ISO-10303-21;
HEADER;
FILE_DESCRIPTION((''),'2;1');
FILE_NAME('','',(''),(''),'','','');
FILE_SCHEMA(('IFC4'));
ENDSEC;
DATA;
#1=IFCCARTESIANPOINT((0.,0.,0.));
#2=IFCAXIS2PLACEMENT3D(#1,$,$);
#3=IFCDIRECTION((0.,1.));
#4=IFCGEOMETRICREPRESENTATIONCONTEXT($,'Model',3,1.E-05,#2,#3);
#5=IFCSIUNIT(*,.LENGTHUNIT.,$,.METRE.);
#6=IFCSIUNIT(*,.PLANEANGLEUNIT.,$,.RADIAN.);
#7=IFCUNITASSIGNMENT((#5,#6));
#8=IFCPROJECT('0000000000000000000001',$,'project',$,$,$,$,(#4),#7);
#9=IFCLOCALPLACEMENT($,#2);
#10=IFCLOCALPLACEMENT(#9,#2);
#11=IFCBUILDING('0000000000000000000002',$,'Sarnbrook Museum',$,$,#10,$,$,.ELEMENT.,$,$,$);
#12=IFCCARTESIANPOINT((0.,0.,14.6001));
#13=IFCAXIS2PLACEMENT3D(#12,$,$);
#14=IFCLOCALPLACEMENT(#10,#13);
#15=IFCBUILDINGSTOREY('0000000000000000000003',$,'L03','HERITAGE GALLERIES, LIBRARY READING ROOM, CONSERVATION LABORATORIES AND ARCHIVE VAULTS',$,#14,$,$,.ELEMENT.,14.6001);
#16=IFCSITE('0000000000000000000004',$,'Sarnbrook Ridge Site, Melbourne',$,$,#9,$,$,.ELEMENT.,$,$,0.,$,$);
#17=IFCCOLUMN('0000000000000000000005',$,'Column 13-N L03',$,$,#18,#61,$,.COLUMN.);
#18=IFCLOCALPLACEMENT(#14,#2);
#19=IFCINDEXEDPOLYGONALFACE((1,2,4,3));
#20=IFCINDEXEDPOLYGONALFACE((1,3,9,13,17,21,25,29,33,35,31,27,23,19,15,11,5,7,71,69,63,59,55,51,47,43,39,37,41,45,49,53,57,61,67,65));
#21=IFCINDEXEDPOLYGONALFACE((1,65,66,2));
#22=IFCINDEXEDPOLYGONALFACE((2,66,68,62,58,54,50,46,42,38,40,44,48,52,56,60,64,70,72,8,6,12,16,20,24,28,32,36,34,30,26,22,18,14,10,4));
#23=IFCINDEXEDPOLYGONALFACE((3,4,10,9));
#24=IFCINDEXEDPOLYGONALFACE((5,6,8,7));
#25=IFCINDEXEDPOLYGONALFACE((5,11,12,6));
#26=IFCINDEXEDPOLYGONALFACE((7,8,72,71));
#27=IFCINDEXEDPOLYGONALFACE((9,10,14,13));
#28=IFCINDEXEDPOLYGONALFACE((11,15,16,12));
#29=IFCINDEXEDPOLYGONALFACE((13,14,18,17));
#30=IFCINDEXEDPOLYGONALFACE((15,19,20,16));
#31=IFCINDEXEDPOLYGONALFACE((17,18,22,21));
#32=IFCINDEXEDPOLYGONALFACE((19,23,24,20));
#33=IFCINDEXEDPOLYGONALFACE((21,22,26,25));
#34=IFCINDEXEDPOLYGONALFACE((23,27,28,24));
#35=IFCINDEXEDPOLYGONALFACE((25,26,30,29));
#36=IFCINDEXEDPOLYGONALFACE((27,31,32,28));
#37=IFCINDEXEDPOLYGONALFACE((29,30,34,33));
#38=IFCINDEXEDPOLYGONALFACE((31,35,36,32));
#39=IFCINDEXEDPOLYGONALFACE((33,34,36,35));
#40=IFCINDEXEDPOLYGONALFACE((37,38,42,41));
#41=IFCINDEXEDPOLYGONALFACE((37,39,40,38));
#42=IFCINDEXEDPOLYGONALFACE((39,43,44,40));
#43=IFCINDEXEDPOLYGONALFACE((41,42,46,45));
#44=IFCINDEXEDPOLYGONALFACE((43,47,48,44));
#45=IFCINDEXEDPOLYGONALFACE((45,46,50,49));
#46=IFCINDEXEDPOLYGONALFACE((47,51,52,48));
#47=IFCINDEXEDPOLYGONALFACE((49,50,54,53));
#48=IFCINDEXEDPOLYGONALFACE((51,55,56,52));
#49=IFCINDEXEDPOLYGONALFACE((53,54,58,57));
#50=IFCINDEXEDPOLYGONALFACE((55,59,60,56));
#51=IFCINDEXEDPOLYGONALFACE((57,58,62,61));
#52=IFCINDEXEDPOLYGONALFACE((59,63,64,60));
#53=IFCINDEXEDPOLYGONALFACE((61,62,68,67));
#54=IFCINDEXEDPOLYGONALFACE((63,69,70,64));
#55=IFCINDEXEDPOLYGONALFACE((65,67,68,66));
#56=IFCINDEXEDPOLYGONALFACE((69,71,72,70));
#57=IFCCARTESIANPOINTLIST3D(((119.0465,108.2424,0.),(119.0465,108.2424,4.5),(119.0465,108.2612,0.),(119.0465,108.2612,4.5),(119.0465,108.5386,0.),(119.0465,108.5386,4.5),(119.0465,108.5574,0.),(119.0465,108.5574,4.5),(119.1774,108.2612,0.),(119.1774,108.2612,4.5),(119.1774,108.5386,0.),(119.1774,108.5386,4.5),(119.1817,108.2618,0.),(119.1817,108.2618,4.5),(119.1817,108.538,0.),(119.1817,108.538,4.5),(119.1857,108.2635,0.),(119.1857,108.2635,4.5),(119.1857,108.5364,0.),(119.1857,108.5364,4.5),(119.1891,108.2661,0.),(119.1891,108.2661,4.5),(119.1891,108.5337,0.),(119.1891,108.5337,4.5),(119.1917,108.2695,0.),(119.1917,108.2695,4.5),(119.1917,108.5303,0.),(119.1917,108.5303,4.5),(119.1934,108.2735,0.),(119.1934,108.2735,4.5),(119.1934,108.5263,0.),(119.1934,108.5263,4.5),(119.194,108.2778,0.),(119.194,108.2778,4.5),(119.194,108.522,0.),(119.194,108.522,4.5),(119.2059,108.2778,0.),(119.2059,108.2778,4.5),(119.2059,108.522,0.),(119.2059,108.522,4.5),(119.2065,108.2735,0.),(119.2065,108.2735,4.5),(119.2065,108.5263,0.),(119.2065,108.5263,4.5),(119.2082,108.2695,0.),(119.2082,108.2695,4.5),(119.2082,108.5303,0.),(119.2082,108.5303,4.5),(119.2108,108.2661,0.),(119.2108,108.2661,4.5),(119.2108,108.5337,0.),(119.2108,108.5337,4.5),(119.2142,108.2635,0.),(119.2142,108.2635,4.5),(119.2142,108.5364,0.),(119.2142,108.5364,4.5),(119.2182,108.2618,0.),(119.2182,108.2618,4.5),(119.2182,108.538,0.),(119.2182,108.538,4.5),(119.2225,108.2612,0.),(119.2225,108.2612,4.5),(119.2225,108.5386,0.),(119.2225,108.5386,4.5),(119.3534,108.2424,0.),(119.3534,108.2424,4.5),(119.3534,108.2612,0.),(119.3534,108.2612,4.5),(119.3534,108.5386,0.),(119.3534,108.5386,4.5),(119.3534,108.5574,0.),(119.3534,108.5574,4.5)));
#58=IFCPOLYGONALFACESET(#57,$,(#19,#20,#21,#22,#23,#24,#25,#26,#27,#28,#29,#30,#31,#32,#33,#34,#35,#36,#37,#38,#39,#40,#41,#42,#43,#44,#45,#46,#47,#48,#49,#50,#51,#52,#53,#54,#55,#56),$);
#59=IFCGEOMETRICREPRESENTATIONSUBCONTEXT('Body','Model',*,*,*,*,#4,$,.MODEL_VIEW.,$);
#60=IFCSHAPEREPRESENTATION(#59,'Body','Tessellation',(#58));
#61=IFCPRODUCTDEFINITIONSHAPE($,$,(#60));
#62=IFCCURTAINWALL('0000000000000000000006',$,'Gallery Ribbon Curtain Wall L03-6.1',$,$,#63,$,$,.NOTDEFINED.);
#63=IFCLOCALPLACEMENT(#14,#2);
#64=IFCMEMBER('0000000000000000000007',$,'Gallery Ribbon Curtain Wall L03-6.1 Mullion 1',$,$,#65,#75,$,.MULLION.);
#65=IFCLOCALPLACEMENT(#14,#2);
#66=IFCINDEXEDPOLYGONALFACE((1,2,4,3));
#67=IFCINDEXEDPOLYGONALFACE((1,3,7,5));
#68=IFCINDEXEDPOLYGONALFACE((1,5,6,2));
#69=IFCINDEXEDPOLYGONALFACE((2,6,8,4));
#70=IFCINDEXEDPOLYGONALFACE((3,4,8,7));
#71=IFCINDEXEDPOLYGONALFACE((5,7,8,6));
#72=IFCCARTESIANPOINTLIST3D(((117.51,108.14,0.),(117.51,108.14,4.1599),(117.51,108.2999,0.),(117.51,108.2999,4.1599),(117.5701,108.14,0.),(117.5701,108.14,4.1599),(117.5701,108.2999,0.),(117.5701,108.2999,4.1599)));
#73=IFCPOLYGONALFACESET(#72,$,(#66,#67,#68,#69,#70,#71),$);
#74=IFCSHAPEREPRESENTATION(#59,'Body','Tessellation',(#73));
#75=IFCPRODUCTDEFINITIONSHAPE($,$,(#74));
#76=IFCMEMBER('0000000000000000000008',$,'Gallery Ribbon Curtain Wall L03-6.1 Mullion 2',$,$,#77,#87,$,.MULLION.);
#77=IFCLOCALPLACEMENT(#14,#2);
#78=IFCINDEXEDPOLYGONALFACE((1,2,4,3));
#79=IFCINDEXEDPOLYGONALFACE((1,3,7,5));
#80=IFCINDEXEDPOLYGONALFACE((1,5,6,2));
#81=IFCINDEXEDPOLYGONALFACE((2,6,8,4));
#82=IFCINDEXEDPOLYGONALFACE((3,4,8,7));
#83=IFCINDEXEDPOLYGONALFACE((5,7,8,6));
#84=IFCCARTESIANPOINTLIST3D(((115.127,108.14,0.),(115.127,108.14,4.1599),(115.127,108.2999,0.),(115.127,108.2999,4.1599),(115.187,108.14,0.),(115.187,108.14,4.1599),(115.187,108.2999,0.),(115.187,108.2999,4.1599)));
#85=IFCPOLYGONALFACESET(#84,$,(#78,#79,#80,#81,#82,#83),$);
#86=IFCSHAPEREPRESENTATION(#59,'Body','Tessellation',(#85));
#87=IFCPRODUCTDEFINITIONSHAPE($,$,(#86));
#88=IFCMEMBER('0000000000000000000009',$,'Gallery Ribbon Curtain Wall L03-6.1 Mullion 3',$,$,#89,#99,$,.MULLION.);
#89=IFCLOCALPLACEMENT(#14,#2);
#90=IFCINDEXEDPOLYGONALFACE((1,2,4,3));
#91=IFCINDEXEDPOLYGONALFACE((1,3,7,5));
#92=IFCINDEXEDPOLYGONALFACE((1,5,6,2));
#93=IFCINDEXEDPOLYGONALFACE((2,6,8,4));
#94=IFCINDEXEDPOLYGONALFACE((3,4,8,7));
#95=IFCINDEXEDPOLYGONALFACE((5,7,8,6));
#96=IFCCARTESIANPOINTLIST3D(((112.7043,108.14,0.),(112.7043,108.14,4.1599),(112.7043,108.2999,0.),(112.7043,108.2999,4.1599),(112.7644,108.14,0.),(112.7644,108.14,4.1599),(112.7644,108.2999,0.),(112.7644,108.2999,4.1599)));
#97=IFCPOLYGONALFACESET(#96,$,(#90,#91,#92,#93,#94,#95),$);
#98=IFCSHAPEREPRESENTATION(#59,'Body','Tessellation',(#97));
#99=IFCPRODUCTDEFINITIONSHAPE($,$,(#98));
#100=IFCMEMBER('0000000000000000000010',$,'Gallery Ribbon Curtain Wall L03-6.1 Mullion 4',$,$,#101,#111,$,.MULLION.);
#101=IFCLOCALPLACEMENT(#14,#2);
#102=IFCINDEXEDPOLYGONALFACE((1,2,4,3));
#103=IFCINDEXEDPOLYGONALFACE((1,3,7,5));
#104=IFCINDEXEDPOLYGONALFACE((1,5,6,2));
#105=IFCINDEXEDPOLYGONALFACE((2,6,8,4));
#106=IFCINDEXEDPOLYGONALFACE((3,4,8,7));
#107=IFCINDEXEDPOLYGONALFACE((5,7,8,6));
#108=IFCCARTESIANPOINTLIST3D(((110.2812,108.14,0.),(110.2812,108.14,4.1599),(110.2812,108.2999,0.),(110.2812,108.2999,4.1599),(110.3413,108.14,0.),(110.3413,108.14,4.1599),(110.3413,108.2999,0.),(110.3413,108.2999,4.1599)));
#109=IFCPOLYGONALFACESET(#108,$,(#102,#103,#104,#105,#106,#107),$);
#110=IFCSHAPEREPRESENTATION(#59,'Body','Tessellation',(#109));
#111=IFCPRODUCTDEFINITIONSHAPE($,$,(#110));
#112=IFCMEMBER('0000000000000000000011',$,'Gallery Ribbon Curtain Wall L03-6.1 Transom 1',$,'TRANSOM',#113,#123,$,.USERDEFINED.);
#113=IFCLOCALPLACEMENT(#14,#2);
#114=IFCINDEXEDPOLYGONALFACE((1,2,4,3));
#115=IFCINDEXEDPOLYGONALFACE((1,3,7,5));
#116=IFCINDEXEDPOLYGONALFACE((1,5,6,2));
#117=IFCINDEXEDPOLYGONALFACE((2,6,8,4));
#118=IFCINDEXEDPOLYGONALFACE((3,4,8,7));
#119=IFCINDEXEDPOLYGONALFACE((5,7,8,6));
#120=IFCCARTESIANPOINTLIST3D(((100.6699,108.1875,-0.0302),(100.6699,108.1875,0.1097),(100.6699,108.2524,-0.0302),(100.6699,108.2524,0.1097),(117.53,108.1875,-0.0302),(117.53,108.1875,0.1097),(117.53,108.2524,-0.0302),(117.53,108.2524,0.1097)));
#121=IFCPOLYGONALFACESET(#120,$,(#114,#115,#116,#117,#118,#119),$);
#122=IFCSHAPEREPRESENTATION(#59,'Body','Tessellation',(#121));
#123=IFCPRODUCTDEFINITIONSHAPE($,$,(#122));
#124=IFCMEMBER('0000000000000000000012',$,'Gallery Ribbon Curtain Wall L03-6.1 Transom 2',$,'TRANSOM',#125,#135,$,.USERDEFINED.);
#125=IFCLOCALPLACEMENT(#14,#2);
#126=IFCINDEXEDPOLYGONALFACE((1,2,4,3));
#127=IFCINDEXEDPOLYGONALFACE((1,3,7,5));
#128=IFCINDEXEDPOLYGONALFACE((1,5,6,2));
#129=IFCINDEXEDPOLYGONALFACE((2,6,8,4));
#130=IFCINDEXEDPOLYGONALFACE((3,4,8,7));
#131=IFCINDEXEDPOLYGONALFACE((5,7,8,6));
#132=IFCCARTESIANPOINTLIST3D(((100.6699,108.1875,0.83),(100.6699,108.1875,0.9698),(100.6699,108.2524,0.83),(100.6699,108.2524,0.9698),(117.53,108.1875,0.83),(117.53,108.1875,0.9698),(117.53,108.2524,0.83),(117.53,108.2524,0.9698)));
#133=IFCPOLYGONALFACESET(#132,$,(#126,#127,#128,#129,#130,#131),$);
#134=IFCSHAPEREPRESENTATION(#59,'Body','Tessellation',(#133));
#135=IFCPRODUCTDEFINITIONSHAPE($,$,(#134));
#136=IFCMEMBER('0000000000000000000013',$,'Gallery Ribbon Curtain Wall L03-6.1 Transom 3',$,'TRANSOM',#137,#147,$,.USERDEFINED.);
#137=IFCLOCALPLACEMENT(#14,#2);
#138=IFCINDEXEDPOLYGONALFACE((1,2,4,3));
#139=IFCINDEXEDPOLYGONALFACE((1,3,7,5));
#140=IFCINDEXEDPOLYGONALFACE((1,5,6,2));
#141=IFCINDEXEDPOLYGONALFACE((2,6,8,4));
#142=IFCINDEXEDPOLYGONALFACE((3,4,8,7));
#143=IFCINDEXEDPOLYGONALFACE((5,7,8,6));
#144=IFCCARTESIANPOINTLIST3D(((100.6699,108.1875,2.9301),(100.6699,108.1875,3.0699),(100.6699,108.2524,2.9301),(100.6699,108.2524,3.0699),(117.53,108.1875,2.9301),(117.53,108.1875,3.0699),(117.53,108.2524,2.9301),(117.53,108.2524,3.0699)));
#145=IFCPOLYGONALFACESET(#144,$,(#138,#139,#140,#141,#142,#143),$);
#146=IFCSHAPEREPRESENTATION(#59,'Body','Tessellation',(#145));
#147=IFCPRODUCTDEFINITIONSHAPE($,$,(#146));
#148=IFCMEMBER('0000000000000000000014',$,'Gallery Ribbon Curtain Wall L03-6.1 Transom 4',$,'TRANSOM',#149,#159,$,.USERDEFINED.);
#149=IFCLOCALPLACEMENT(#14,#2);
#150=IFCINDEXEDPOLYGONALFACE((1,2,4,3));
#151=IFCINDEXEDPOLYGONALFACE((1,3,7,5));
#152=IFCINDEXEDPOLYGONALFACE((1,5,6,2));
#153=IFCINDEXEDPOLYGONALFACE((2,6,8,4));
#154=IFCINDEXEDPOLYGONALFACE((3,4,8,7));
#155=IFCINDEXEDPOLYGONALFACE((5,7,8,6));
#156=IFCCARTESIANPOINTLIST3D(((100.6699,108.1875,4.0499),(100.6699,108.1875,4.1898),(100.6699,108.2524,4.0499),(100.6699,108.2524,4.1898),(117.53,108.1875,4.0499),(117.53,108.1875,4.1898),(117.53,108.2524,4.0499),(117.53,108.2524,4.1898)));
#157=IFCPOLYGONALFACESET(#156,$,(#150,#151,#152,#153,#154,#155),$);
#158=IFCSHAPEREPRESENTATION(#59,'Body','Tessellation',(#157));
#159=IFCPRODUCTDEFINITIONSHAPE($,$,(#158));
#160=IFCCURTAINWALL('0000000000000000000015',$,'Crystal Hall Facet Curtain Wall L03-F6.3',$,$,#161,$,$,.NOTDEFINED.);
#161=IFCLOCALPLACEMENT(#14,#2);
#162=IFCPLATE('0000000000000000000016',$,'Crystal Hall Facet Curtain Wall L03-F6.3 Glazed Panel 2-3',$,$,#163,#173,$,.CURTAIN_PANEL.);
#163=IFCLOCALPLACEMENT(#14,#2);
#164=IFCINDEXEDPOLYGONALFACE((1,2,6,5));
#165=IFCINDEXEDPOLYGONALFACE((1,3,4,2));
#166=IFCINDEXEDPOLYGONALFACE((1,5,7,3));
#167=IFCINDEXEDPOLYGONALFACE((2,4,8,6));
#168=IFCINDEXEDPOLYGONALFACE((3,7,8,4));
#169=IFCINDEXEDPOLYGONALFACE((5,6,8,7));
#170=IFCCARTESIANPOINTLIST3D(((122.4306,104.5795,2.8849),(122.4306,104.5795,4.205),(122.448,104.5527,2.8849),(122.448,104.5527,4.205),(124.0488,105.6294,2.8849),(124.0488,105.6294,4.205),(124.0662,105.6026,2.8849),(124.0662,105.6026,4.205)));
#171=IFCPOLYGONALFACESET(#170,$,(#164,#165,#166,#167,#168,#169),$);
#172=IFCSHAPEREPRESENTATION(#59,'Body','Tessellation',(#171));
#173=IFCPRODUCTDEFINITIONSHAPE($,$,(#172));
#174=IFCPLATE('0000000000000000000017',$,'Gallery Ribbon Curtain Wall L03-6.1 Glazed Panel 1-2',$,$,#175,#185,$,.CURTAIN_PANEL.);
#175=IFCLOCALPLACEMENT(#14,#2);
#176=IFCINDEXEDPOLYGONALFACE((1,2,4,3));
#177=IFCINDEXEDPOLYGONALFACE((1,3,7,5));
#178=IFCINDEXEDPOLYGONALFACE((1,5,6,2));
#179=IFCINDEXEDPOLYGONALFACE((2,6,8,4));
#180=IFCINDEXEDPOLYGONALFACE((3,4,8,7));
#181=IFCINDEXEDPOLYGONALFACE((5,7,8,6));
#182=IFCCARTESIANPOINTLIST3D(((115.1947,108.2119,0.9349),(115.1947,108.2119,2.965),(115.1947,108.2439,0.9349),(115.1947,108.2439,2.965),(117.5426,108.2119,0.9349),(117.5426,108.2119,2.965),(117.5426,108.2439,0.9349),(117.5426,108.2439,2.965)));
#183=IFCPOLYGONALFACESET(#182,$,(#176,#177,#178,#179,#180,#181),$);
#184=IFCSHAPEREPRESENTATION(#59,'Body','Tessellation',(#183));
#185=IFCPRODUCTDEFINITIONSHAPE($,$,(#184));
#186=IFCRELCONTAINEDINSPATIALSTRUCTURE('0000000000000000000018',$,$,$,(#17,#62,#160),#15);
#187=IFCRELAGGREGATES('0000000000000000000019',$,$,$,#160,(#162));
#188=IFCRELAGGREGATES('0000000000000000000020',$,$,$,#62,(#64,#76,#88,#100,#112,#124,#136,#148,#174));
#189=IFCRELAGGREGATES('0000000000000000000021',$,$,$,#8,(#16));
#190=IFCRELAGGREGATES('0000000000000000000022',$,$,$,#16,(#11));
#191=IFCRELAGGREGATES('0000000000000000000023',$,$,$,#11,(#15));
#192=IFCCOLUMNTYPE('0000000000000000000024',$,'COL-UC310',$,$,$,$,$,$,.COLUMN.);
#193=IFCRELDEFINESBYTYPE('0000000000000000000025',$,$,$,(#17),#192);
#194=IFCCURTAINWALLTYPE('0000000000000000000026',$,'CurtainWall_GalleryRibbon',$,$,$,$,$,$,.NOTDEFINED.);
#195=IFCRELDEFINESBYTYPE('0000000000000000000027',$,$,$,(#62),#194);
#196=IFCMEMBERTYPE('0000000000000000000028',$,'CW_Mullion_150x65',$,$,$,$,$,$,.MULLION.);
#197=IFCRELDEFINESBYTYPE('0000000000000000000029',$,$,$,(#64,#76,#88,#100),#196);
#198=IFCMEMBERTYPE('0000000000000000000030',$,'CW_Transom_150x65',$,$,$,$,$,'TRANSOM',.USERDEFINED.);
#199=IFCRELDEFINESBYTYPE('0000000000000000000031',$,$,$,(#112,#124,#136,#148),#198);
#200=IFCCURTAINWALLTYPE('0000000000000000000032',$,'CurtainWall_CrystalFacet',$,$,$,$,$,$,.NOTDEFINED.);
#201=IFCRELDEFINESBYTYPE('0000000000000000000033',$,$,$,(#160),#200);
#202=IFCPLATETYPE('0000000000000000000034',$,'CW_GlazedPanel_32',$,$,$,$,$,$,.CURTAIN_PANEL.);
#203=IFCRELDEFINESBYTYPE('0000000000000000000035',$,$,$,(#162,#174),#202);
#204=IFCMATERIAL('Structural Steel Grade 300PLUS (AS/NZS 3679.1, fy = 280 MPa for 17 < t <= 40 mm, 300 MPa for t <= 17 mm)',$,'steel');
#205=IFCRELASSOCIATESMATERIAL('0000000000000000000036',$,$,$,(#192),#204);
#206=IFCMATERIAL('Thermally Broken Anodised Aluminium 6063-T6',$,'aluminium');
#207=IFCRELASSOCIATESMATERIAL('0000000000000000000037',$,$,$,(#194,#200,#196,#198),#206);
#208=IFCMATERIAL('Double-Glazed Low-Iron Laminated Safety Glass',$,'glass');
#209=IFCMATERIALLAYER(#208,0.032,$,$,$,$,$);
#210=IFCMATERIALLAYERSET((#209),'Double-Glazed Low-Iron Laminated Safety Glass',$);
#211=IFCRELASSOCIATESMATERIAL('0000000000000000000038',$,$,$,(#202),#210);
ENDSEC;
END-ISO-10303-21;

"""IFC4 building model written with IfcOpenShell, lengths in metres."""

from ifc_helpers import new_model, si_unit, direction, frame, origin, origin_2d, place, context, subcontext, project, spatial, rectangle, i_section, extrude, material, layer, layer_set, material_profile, profile_set, type_object, element, aggregate, save


model = new_model("IFC4")

# Units and contexts
model_context = context("Model", 3, precision=1e-05, world=origin(), true_north=direction((0.0, 1.0)))
body_context = subcontext(model_context, "Body", "Model", "MODEL_VIEW")
ifc_project = project(units=[si_unit("LENGTHUNIT", "METRE"), si_unit("PLANEANGLEUNIT", "RADIAN")], contexts=[model_context])

# Site, building, storey
site_placement = place(None, origin())
site = spatial("IfcSite", under=ifc_project, at=site_placement, Name="Sarnbrook Ridge Site, Melbourne", CompositionType="ELEMENT", RefElevation=0.0)
building_placement = place(site_placement, origin())
building = spatial("IfcBuilding", under=site, at=building_placement, Name="Sarnbrook Museum", CompositionType="ELEMENT")
storey_placement = place(building_placement, frame((0.0, 0.0, 14.6001)))
storey = spatial("IfcBuildingStorey", under=building, at=storey_placement, Name="L03", Description="HERITAGE GALLERIES, LIBRARY READING ROOM, CONSERVATION LABORATORIES AND ARCHIVE VAULTS", CompositionType="ELEMENT", Elevation=14.6001)

# Column
ifc_material_1 = material(Name="Structural Steel Grade 300PLUS (AS/NZS 3679.1, fy = 280 MPa for 17 < t <= 40 mm, 300 MPa for t <= 17 mm)", Category="steel")
ifc_material_profile_1 = material_profile(ifc_material_1, i_section(OverallWidth=0.3069, OverallDepth=0.3149, WebThickness=0.012, FlangeThickness=0.0188, FilletRadius=0.0166, at=origin_2d()), Name="310UC118")
ifc_profile_set_1 = profile_set([ifc_material_profile_1], Name="Structural Steel Grade 300PLUS (AS/NZS 3679.1, fy = 280 MPa for 17 < t <= 40 mm, 300 MPa for t <= 17 mm)")
column_type = type_object("IfcColumnType", Name="COL-UC310", PredefinedType="COLUMN", material=ifc_profile_set_1)
column_placement = place(storey_placement, frame((119.2, 108.3999, 0.0), z_axis=(0.0, 0.0, 1.0), x_axis=(1.0, 0.0, 0.0)))
element("IfcColumn", 1, at=column_placement, inside=storey, type_object=column_type, Name="Column 13-N L03", PredefinedType="COLUMN", context=body_context, shape_type="SweptSolid", body=[
    extrude(i_section(OverallWidth=0.3069, OverallDepth=0.3149, WebThickness=0.012, FlangeThickness=0.0188, FilletRadius=0.0166, at=origin_2d()), origin(), (0.0, 0.0, 1.0), 4.5),
])

# Curtain wall, members
ifc_material_2 = material(Name="Thermally Broken Anodised Aluminium 6063-T6", Category="aluminium")
curtain_wall_type_1 = type_object("IfcCurtainWallType", Name="CurtainWall_GalleryRibbon", PredefinedType="NOTDEFINED", material=ifc_material_2)
curtain_wall_1_placement = place(storey_placement, origin())
curtain_wall_1 = element("IfcCurtainWall", 2, at=curtain_wall_1_placement, inside=storey, type_object=curtain_wall_type_1, Name="Gallery Ribbon Curtain Wall L03-6.1", PredefinedType="NOTDEFINED")
ifc_material_profile_2 = material_profile(ifc_material_2, rectangle(XDim=0.0601, YDim=0.1599, at=origin_2d()), Name="ALU MULLION 60x160")
ifc_profile_set_2 = profile_set([ifc_material_profile_2], Name="Thermally Broken Anodised Aluminium 6063-T6")
member_type_1 = type_object("IfcMemberType", Name="CW_Mullion_150x65", PredefinedType="MULLION", material=ifc_profile_set_2)
member_1_placement = place(storey_placement, frame((117.54, 108.22, 0.0), z_axis=(0.0, 0.0, 1.0), x_axis=(1.0, 0.0, 0.0)))
member_1 = element("IfcMember", 3, at=member_1_placement, type_object=member_type_1, Name="Gallery Ribbon Curtain Wall L03-6.1 Mullion 1", PredefinedType="MULLION", context=body_context, shape_type="SweptSolid", body=[
    extrude(rectangle(XDim=0.0601, YDim=0.1599, at=origin_2d()), origin(), (0.0, 0.0, 1.0), 4.1599),
])
member_2_placement = place(storey_placement, frame((115.157, 108.22, 0.0), z_axis=(0.0, 0.0, 1.0), x_axis=(1.0, 0.0, 0.0)))
member_2 = element("IfcMember", 4, at=member_2_placement, type_object=member_type_1, Name="Gallery Ribbon Curtain Wall L03-6.1 Mullion 2", PredefinedType="MULLION", context=body_context, shape_type="SweptSolid", body=[
    extrude(rectangle(XDim=0.0601, YDim=0.1599, at=origin_2d()), origin(), (0.0, 0.0, 1.0), 4.1599),
])
member_3_placement = place(storey_placement, frame((112.7344, 108.22, 0.0), z_axis=(0.0, 0.0, 1.0), x_axis=(1.0, 0.0, 0.0)))
member_3 = element("IfcMember", 5, at=member_3_placement, type_object=member_type_1, Name="Gallery Ribbon Curtain Wall L03-6.1 Mullion 3", PredefinedType="MULLION", context=body_context, shape_type="SweptSolid", body=[
    extrude(rectangle(XDim=0.0601, YDim=0.1599, at=origin_2d()), origin(), (0.0, 0.0, 1.0), 4.1599),
])
member_4_placement = place(storey_placement, frame((110.3113, 108.22, 0.0), z_axis=(0.0, 0.0, 1.0), x_axis=(1.0, 0.0, 0.0)))
member_4 = element("IfcMember", 6, at=member_4_placement, type_object=member_type_1, Name="Gallery Ribbon Curtain Wall L03-6.1 Mullion 4", PredefinedType="MULLION", context=body_context, shape_type="SweptSolid", body=[
    extrude(rectangle(XDim=0.0601, YDim=0.1599, at=origin_2d()), origin(), (0.0, 0.0, 1.0), 4.1599),
])
ifc_material_profile_3 = material_profile(ifc_material_2, rectangle(XDim=0.0649, YDim=0.1399, at=origin_2d()), Name="ALU TRANSOM 65x140")
ifc_profile_set_3 = profile_set([ifc_material_profile_3], Name="Thermally Broken Anodised Aluminium 6063-T6")
member_type_2 = type_object("IfcMemberType", Name="CW_Transom_150x65", ElementType="TRANSOM", PredefinedType="USERDEFINED", material=ifc_profile_set_3)
member_5_placement = place(storey_placement, frame((117.53, 108.22, 0.0398), z_axis=(-1.0, 0.0, 0.0), x_axis=(0.0, -1.0, 0.0)))
member_5 = element("IfcMember", 7, at=member_5_placement, type_object=member_type_2, Name="Gallery Ribbon Curtain Wall L03-6.1 Transom 1", ObjectType="TRANSOM", PredefinedType="USERDEFINED", context=body_context, shape_type="SweptSolid", body=[
    extrude(rectangle(XDim=0.0649, YDim=0.1399, at=origin_2d()), origin(), (0.0, 0.0, 1.0), 16.8601),
])
member_6_placement = place(storey_placement, frame((117.53, 108.22, 0.8999), z_axis=(-1.0, 0.0, 0.0), x_axis=(0.0, -1.0, 0.0)))
member_6 = element("IfcMember", 8, at=member_6_placement, type_object=member_type_2, Name="Gallery Ribbon Curtain Wall L03-6.1 Transom 2", ObjectType="TRANSOM", PredefinedType="USERDEFINED", context=body_context, shape_type="SweptSolid", body=[
    extrude(rectangle(XDim=0.0649, YDim=0.1399, at=origin_2d()), origin(), (0.0, 0.0, 1.0), 16.8601),
])
member_7_placement = place(storey_placement, frame((117.53, 108.22, 3.0), z_axis=(-1.0, 0.0, 0.0), x_axis=(0.0, -1.0, 0.0)))
member_7 = element("IfcMember", 9, at=member_7_placement, type_object=member_type_2, Name="Gallery Ribbon Curtain Wall L03-6.1 Transom 3", ObjectType="TRANSOM", PredefinedType="USERDEFINED", context=body_context, shape_type="SweptSolid", body=[
    extrude(rectangle(XDim=0.0649, YDim=0.1399, at=origin_2d()), origin(), (0.0, 0.0, 1.0), 16.8601),
])
member_8_placement = place(storey_placement, frame((117.53, 108.22, 4.1199), z_axis=(-1.0, 0.0, 0.0), x_axis=(0.0, -1.0, 0.0)))
member_8 = element("IfcMember", 10, at=member_8_placement, type_object=member_type_2, Name="Gallery Ribbon Curtain Wall L03-6.1 Transom 4", ObjectType="TRANSOM", PredefinedType="USERDEFINED", context=body_context, shape_type="SweptSolid", body=[
    extrude(rectangle(XDim=0.0649, YDim=0.1399, at=origin_2d()), origin(), (0.0, 0.0, 1.0), 16.8601),
])

# Curtain wall, plate
curtain_wall_type_2 = type_object("IfcCurtainWallType", Name="CurtainWall_CrystalFacet", PredefinedType="NOTDEFINED", material=ifc_material_2)
curtain_wall_2_placement = place(storey_placement, origin())
curtain_wall_2 = element("IfcCurtainWall", 11, at=curtain_wall_2_placement, inside=storey, type_object=curtain_wall_type_2, Name="Crystal Hall Facet Curtain Wall L03-F6.3", PredefinedType="NOTDEFINED")
ifc_material_3 = material(Name="Double-Glazed Low-Iron Laminated Safety Glass", Category="glass")
ifc_layer_1 = layer(ifc_material_3, 0.032)
ifc_layer_set_1 = layer_set([ifc_layer_1], Name="Double-Glazed Low-Iron Laminated Safety Glass")
plate_type_1 = type_object("IfcPlateType", Name="CW_GlazedPanel_32", PredefinedType="CURTAIN_PANEL", material=ifc_layer_set_1)
plate_1_placement = place(storey_placement, frame((123.2571, 105.0776, 3.5449), z_axis=(-0.544285, 0.838901, 0.0), x_axis=(-0.838901, -0.544285, 0.0)))
plate_1 = element("IfcPlate", 12, at=plate_1_placement, type_object=plate_type_1, Name="Crystal Hall Facet Curtain Wall L03-F6.3 Glazed Panel 2-3", PredefinedType="CURTAIN_PANEL", context=body_context, shape_type="SweptSolid", body=[
    extrude(rectangle(XDim=1.929, YDim=1.3201, at=origin_2d()), origin(), (0.0, 0.0, 1.0), 0.032),
])
aggregate(curtain_wall_2, [plate_1])

# Plate
plate_2_placement = place(storey_placement, frame((116.3687, 108.2119, 1.95), z_axis=(0.0, 1.0, 0.0), x_axis=(-1.0, 0.0, 0.0)))
plate_2 = element("IfcPlate", 13, at=plate_2_placement, type_object=plate_type_1, Name="Gallery Ribbon Curtain Wall L03-6.1 Glazed Panel 1-2", PredefinedType="CURTAIN_PANEL", context=body_context, shape_type="SweptSolid", body=[
    extrude(rectangle(XDim=2.3479, YDim=2.03, at=origin_2d()), origin(), (0.0, 0.0, 1.0), 0.032),
])
aggregate(curtain_wall_1, [member_1, member_2, member_3, member_4, member_5, member_6, member_7, member_8, plate_2])

save(model, "model.ifc")
